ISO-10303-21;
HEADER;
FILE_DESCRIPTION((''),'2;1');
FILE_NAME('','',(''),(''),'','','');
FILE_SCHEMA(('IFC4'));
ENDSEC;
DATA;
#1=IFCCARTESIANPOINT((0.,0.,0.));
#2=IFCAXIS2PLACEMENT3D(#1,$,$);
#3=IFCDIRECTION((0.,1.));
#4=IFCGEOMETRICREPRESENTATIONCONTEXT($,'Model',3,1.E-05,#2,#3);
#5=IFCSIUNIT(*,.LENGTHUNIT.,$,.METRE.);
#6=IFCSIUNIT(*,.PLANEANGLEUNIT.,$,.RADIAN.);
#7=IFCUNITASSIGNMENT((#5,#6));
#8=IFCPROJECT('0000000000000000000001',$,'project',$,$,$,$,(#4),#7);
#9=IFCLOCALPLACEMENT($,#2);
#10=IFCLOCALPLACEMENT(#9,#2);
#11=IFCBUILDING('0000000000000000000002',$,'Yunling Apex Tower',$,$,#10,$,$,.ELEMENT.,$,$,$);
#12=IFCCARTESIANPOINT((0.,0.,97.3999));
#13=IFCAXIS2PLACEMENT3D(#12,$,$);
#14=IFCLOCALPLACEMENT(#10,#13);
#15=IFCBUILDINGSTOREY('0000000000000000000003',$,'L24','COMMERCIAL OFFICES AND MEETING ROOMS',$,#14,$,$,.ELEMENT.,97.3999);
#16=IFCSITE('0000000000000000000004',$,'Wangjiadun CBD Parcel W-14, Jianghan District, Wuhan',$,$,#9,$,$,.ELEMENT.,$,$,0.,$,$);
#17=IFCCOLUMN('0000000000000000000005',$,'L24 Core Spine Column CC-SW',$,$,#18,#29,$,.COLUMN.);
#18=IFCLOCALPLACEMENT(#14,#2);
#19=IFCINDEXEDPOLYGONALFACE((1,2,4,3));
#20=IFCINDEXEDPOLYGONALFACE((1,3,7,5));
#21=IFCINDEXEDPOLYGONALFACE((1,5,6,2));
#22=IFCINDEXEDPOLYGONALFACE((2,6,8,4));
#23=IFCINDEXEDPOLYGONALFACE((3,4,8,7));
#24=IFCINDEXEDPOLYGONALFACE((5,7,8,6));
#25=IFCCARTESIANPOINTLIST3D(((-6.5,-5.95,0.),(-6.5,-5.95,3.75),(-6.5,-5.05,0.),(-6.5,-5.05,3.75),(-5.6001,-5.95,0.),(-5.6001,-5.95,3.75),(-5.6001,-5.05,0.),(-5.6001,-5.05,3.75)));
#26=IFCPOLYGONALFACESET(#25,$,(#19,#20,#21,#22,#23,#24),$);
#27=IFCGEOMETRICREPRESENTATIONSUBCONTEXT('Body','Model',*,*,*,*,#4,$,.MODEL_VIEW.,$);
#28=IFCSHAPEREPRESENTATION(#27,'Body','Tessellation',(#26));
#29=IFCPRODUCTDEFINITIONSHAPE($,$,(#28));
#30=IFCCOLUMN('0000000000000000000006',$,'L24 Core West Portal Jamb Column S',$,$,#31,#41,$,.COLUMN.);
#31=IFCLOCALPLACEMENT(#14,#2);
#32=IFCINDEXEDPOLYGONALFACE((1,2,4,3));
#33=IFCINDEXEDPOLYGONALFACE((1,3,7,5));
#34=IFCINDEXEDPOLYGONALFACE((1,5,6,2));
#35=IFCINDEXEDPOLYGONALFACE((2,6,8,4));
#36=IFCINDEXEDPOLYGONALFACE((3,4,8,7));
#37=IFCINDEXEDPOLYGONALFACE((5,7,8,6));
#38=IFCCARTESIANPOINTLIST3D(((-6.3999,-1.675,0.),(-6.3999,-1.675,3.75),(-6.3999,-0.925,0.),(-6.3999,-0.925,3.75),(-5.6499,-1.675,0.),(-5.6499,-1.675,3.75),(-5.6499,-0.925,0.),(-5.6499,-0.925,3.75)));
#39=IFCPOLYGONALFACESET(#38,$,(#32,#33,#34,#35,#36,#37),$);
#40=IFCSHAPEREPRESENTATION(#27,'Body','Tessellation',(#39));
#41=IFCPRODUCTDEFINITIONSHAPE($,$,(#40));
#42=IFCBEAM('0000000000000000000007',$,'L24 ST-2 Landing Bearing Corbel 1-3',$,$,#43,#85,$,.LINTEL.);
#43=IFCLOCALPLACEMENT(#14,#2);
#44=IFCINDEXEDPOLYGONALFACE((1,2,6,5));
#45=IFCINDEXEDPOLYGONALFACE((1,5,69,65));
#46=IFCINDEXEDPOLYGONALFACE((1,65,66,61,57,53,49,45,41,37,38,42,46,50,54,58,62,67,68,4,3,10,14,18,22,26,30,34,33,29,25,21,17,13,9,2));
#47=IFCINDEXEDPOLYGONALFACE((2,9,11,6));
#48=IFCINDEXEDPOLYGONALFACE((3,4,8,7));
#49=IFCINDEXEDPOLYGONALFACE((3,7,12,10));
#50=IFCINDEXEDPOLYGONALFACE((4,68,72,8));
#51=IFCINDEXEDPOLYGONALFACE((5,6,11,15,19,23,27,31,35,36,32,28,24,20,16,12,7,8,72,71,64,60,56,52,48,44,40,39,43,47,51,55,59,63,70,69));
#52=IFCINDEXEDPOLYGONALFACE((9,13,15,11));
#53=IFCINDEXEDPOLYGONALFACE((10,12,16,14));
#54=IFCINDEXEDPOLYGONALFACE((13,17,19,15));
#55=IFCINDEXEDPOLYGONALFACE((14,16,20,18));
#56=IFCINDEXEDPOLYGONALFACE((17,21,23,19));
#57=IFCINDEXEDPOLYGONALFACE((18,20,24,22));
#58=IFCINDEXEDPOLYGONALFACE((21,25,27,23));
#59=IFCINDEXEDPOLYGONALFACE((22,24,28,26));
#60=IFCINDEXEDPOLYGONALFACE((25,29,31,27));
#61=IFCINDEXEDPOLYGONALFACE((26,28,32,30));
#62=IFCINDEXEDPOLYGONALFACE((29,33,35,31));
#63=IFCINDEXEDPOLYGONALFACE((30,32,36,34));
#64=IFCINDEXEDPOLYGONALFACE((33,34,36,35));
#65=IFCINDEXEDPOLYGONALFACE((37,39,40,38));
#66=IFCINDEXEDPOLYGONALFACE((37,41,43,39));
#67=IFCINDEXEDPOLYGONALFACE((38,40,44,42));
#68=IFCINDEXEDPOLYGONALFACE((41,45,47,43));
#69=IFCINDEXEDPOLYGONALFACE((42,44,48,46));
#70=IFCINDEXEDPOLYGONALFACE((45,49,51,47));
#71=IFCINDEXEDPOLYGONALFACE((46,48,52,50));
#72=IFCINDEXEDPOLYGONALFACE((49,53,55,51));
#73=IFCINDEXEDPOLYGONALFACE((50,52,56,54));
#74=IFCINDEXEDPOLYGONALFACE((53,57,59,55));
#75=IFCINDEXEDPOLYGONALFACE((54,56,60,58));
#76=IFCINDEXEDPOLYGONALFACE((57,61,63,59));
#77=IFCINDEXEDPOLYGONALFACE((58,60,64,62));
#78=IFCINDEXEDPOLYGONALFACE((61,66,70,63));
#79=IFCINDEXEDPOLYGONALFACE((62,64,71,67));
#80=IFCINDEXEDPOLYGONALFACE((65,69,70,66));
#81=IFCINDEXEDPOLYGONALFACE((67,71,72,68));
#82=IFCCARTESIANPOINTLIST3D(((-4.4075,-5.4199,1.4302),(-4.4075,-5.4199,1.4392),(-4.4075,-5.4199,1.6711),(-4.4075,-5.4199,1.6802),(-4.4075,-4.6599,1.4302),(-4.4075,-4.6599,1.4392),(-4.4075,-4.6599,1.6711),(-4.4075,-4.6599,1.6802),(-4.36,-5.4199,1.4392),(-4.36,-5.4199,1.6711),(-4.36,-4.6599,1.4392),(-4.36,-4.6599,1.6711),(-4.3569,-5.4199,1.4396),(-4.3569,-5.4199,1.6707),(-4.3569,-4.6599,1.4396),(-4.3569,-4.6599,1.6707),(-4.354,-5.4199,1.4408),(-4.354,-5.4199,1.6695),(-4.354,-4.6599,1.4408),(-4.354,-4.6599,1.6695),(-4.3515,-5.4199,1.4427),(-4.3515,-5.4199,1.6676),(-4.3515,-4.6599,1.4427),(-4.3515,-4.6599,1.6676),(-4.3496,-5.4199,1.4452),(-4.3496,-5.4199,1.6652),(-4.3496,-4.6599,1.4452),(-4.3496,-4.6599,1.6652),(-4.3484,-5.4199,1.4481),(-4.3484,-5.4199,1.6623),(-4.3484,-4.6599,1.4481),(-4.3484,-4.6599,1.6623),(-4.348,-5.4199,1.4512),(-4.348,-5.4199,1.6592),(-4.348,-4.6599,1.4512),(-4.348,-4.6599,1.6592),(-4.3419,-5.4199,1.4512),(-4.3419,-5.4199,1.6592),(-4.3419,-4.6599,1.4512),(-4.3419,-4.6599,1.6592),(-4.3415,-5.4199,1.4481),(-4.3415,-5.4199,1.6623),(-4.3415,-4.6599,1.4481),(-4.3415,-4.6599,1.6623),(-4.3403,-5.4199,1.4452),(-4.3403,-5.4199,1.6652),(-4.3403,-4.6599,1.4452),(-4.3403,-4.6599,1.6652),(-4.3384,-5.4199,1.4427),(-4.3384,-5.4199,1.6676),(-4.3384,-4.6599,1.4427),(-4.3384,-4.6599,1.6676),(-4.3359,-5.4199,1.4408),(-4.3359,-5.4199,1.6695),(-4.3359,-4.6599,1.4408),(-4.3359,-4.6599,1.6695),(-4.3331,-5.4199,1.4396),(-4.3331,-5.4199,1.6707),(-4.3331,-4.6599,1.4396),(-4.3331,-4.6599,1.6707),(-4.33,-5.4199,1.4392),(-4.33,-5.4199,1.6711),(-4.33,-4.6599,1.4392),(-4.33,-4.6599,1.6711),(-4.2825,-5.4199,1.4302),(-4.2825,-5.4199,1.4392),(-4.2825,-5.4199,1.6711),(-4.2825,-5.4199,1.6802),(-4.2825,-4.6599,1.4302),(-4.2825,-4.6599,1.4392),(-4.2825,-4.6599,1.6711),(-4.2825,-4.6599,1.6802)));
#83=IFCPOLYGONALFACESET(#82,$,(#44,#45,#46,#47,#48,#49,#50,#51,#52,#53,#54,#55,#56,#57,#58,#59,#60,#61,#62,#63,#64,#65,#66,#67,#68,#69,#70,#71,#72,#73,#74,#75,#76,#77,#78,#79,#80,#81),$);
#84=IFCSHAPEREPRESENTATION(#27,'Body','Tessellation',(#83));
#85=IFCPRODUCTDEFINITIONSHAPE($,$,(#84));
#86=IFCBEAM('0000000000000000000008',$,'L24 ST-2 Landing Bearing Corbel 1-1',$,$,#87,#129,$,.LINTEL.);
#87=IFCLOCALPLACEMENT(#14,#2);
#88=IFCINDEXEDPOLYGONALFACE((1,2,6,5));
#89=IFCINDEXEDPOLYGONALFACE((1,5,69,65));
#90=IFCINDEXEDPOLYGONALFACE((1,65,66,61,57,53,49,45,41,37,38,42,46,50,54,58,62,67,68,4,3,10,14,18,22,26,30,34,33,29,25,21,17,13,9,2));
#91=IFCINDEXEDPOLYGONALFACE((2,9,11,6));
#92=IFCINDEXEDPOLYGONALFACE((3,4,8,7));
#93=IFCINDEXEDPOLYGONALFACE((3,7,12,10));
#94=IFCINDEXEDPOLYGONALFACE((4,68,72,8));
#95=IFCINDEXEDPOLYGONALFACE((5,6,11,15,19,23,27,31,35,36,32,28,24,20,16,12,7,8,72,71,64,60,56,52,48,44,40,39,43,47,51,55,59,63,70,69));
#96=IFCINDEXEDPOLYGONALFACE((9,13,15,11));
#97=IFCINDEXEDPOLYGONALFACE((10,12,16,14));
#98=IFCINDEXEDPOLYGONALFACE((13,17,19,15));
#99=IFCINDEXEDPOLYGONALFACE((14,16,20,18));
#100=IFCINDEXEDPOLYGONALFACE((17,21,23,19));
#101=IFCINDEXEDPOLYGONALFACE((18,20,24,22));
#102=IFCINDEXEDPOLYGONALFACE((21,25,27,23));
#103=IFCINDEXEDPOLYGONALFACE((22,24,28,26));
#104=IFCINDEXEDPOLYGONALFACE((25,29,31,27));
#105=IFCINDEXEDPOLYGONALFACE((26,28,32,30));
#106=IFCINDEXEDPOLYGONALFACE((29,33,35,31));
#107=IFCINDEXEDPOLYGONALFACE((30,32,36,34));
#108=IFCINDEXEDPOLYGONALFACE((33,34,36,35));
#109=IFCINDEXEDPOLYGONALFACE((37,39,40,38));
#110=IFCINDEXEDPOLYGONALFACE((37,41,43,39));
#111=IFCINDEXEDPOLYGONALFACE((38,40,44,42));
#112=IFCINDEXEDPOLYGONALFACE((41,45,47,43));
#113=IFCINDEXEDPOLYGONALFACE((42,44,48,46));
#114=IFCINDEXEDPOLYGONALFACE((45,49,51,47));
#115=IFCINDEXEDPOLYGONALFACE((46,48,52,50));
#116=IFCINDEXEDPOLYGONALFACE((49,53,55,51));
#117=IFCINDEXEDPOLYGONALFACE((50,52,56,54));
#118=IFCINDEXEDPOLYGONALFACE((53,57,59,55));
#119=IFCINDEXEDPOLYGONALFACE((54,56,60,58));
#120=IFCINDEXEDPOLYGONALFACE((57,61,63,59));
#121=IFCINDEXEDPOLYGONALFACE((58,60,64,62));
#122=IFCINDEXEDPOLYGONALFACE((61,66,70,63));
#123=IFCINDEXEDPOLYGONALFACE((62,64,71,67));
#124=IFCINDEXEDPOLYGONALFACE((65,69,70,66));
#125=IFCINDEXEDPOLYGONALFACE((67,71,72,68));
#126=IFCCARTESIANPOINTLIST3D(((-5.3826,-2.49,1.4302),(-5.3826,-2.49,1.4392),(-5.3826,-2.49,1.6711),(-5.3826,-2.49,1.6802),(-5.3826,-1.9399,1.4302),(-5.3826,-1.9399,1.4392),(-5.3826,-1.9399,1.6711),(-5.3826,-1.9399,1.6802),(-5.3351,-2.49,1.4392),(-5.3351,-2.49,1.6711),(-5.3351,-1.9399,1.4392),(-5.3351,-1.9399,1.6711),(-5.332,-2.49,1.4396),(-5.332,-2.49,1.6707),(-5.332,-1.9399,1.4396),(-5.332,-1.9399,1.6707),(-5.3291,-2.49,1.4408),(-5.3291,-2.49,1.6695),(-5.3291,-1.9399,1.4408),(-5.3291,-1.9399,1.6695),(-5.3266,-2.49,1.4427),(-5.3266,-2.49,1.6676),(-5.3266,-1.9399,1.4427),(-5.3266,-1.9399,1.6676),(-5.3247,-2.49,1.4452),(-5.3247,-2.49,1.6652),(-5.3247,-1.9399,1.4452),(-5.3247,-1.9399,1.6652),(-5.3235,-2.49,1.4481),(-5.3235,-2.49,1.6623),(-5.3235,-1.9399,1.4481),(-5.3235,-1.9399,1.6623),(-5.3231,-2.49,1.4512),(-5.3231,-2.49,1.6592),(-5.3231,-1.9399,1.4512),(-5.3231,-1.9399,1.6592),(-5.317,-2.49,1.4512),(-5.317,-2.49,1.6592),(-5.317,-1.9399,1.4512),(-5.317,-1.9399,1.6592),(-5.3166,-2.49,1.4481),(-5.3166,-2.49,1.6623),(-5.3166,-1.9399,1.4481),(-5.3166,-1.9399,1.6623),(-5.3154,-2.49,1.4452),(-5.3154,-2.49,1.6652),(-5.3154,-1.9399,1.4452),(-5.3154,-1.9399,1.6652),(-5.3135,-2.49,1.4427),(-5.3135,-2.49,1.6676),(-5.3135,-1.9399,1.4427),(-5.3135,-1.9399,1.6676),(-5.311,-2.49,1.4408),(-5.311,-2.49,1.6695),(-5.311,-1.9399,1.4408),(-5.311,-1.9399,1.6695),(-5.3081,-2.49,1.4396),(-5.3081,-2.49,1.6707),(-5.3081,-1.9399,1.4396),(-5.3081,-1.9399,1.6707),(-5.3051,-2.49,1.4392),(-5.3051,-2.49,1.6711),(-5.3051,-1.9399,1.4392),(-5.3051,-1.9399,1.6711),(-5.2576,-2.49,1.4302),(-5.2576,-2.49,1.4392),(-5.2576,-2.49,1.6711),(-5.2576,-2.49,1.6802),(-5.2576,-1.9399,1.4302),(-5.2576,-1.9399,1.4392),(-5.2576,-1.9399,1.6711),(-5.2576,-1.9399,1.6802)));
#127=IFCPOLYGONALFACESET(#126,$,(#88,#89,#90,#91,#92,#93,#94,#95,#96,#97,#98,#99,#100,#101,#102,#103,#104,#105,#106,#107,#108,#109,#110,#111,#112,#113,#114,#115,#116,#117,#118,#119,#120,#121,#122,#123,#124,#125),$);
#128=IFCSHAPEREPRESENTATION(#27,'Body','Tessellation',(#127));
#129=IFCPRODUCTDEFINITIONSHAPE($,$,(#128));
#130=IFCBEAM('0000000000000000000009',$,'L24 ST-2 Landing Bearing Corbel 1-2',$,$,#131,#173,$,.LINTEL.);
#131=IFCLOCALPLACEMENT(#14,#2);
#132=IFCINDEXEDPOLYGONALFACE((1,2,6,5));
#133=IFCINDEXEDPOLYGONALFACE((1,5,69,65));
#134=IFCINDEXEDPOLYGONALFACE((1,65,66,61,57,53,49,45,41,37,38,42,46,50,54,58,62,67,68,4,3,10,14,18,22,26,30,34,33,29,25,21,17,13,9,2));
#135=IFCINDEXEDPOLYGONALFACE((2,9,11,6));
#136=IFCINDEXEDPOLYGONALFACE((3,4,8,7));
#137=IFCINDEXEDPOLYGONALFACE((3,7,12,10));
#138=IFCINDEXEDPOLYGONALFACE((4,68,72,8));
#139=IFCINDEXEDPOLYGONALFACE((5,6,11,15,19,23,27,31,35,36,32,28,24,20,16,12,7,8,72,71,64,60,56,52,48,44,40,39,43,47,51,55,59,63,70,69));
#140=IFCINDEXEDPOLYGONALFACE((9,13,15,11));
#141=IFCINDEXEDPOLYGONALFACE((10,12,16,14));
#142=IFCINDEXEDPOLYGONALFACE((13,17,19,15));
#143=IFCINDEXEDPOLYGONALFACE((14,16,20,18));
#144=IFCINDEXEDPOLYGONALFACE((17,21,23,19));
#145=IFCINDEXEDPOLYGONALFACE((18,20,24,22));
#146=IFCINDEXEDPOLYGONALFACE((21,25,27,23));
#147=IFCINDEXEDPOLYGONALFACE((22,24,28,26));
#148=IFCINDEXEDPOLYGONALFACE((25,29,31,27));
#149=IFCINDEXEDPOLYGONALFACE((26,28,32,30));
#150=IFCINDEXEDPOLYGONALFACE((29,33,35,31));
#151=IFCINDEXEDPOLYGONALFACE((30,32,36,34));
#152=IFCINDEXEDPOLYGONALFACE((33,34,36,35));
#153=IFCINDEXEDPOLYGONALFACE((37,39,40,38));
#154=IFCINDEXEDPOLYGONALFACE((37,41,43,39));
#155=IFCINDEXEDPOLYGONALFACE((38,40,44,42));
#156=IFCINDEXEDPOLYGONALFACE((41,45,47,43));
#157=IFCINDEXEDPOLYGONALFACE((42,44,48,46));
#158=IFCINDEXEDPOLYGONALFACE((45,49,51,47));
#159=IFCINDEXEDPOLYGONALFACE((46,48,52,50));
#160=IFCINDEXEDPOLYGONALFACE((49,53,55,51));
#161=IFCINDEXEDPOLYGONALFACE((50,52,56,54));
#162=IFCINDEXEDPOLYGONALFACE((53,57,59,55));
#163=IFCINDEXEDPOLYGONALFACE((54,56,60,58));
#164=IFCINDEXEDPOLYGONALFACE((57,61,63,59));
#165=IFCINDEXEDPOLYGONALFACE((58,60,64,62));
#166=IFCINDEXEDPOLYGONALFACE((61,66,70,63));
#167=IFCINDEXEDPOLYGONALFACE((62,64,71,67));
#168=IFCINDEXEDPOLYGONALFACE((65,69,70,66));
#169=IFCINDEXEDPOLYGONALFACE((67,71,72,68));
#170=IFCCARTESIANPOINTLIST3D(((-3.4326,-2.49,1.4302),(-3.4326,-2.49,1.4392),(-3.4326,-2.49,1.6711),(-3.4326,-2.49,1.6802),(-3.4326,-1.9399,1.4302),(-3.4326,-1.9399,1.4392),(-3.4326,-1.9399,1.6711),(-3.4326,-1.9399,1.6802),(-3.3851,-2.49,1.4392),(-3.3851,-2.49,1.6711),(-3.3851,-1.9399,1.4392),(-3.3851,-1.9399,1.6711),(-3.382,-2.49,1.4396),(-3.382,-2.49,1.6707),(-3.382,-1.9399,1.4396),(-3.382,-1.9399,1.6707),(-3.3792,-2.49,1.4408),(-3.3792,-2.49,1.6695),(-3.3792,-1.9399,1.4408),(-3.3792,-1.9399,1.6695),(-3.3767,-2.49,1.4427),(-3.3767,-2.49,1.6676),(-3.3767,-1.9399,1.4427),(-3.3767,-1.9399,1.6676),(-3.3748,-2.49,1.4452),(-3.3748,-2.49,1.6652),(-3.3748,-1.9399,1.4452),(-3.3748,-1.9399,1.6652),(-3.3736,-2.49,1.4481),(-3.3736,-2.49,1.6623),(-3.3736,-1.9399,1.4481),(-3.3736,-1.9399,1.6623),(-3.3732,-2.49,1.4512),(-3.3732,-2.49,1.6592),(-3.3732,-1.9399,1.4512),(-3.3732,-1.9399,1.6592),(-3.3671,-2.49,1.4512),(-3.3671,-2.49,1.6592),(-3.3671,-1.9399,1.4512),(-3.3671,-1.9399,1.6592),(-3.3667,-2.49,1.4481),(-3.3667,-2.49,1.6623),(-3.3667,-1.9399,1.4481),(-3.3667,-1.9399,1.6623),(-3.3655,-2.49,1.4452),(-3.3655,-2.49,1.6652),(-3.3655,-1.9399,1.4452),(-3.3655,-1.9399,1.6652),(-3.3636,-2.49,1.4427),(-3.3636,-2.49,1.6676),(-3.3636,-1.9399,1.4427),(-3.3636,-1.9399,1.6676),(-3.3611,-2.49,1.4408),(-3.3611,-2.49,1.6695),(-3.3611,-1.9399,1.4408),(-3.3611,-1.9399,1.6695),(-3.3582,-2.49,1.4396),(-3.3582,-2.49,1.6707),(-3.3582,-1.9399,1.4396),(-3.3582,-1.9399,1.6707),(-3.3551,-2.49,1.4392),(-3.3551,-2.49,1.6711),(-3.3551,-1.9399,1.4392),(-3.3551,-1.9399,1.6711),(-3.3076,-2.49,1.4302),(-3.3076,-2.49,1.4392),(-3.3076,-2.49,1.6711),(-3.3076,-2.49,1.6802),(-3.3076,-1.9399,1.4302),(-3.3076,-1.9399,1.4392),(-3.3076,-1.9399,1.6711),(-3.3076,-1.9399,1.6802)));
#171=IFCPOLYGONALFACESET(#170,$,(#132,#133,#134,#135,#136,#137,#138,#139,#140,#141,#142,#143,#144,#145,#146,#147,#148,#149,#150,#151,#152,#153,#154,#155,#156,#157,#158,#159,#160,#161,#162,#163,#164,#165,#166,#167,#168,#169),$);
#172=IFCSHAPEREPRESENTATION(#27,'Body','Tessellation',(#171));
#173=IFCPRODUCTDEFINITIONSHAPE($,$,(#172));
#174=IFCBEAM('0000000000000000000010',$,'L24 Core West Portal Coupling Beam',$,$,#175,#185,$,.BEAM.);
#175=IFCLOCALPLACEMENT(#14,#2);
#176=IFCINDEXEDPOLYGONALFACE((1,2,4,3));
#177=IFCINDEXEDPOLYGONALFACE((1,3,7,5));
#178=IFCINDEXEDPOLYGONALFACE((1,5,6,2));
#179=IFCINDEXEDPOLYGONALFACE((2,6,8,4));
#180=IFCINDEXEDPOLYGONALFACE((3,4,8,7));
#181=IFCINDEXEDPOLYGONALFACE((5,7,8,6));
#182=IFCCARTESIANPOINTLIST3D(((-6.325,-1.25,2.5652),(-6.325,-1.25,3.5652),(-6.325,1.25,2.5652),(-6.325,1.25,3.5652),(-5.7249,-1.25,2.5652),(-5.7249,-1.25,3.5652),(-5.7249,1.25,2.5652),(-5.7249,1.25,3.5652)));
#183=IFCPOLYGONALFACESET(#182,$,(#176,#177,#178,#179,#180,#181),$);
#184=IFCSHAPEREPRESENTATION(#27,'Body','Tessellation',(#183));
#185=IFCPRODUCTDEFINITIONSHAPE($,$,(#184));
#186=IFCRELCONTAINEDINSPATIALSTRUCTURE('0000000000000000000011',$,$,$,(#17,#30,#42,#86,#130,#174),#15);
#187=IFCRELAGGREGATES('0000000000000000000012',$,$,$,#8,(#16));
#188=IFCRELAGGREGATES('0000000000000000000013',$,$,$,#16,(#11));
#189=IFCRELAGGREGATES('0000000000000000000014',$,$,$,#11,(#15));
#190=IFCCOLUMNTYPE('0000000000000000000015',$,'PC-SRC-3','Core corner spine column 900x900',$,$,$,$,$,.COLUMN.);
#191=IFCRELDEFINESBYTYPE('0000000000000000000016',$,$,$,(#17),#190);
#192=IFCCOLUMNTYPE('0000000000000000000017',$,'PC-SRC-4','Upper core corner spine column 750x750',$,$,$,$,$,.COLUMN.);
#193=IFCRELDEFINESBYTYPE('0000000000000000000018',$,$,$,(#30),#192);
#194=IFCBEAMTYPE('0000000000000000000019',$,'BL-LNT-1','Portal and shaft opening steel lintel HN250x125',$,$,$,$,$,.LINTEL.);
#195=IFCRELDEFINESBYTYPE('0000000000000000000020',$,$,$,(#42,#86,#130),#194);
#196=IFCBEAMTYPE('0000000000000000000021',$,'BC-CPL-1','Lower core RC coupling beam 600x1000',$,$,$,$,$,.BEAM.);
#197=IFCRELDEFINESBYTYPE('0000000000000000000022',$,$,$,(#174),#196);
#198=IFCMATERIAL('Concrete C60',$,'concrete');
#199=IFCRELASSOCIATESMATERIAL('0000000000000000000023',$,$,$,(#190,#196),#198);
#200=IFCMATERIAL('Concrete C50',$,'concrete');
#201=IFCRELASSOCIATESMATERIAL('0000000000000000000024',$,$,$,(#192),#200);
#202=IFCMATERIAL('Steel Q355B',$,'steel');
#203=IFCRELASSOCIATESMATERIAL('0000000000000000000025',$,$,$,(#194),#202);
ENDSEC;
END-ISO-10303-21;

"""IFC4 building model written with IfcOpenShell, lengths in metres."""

from ifc_helpers import new_model, si_unit, direction, frame, origin, origin_2d, place, context, subcontext, project, spatial, rectangle, i_section, extrude, source, transform, mapped, material, material_profile, profile_set, type_object, element, save


model = new_model("IFC4")

# Units and contexts
model_context = context("Model", 3, precision=1e-05, world=origin(), true_north=direction((0.0, 1.0)))
body_context = subcontext(model_context, "Body", "Model", "MODEL_VIEW")
ifc_project = project(units=[si_unit("LENGTHUNIT", "METRE"), si_unit("PLANEANGLEUNIT", "RADIAN")], contexts=[model_context])

# Site, building, storey
site_placement = place(None, origin())
site = spatial("IfcSite", under=ifc_project, at=site_placement, Name="Wangjiadun CBD Parcel W-14, Jianghan District, Wuhan", CompositionType="ELEMENT", RefElevation=0.0)
building_placement = place(site_placement, origin())
building = spatial("IfcBuilding", under=site, at=building_placement, Name="Yunling Apex Tower", CompositionType="ELEMENT")
storey_placement = place(building_placement, frame((0.0, 0.0, 97.3999)))
storey = spatial("IfcBuildingStorey", under=building, at=storey_placement, Name="L24", Description="COMMERCIAL OFFICES AND MEETING ROOMS", CompositionType="ELEMENT", Elevation=97.3999)

# Columns
ifc_material_1 = material(Name="Concrete C60", Category="concrete")
ifc_material_profile_1 = material_profile(ifc_material_1, rectangle(XDim=0.8999, YDim=0.8999, at=origin_2d()))
ifc_profile_set_1 = profile_set([ifc_material_profile_1], Name="Concrete C60")
column_type_1 = type_object("IfcColumnType", Name="PC-SRC-3", Description="Core corner spine column 900x900", PredefinedType="COLUMN", material=ifc_profile_set_1)
shared_shape_1 = source(origin(), body_context, "Body", "SweptSolid", [
    extrude(rectangle(XDim=0.8999, YDim=0.8999, at=origin_2d()), origin(), (0.0, 0.0, 1.0), 3.75),
])
column_1_placement = place(storey_placement, frame((-6.05, -5.5, 0.0), z_axis=(0.0, 0.0, 1.0), x_axis=(1.0, 0.0, 0.0)))
element("IfcColumn", 1, at=column_1_placement, inside=storey, type_object=column_type_1, Name="L24 Core Spine Column CC-SW", PredefinedType="COLUMN", context=body_context, shape_type="MappedRepresentation", body=[
    mapped(shared_shape_1, transform((0.0, 0.0, 0.0), scale=1.0)),
])
ifc_material_2 = material(Name="Concrete C50", Category="concrete")
ifc_material_profile_2 = material_profile(ifc_material_2, rectangle(XDim=0.75, YDim=0.75, at=origin_2d()))
ifc_profile_set_2 = profile_set([ifc_material_profile_2], Name="Concrete C50")
column_type_2 = type_object("IfcColumnType", Name="PC-SRC-4", Description="Upper core corner spine column 750x750", PredefinedType="COLUMN", material=ifc_profile_set_2)
shared_shape_2 = source(origin(), body_context, "Body", "SweptSolid", [
    extrude(rectangle(XDim=0.75, YDim=0.75, at=origin_2d()), origin(), (0.0, 0.0, 1.0), 3.75),
])
column_2_placement = place(storey_placement, frame((-6.0249, -1.3, 0.0), z_axis=(0.0, 0.0, 1.0), x_axis=(1.0, 0.0, 0.0)))
element("IfcColumn", 2, at=column_2_placement, inside=storey, type_object=column_type_2, Name="L24 Core West Portal Jamb Column S", PredefinedType="COLUMN", context=body_context, shape_type="MappedRepresentation", body=[
    mapped(shared_shape_2, transform((0.0, 0.0, 0.0), scale=1.0)),
])

# Beams
ifc_material_3 = material(Name="Steel Q355B", Category="steel")
ifc_material_profile_3 = material_profile(ifc_material_3, i_section(OverallWidth=0.125, OverallDepth=0.25, WebThickness=0.0061, FlangeThickness=0.009, FilletRadius=0.012, at=origin_2d()))
ifc_profile_set_3 = profile_set([ifc_material_profile_3], Name="Steel Q355B")
beam_type_1 = type_object("IfcBeamType", Name="BL-LNT-1", Description="Portal and shaft opening steel lintel HN250x125", PredefinedType="LINTEL", material=ifc_profile_set_3)
shared_shape_3 = source(origin(), body_context, "Body", "SweptSolid", [
    extrude(i_section(OverallWidth=0.125, OverallDepth=0.25, WebThickness=0.0061, FlangeThickness=0.009, FilletRadius=0.012, at=origin_2d()), origin(), (0.0, 0.0, 1.0), 0.76),
])
beam_1_placement = place(storey_placement, frame((-4.345, -5.4199, 1.5552), z_axis=(0.0, 1.0, 0.0), x_axis=(-1.0, 0.0, 0.0)))
element("IfcBeam", 3, at=beam_1_placement, inside=storey, type_object=beam_type_1, Name="L24 ST-2 Landing Bearing Corbel 1-3", PredefinedType="LINTEL", context=body_context, shape_type="MappedRepresentation", body=[
    mapped(shared_shape_3, transform((0.0, 0.0, 0.0), scale=1.0)),
])
shared_shape_4 = source(origin(), body_context, "Body", "SweptSolid", [
    extrude(i_section(OverallWidth=0.125, OverallDepth=0.25, WebThickness=0.0061, FlangeThickness=0.009, FilletRadius=0.012, at=origin_2d()), origin(), (0.0, 0.0, 1.0), 0.55),
])
for number, where, z_axis, x_axis, name in (
    (4, (-5.3201, -1.9399, 1.5552), (0.0, -1.0, 0.0), (1.0, 0.0, 0.0), "L24 ST-2 Landing Bearing Corbel 1-1"),
    (5, (-3.3701, -1.9399, 1.5552), (0.0, -1.0, 0.0), (1.0, 0.0, 0.0), "L24 ST-2 Landing Bearing Corbel 1-2"),
):
    element("IfcBeam", number, at=place(storey_placement, frame(where, z_axis=z_axis, x_axis=x_axis)), inside=storey, type_object=beam_type_1, Name=name, PredefinedType="LINTEL", context=body_context, shape_type="MappedRepresentation", body=[
        mapped(shared_shape_4, transform((0.0, 0.0, 0.0), scale=1.0)),
    ])
ifc_material_profile_4 = material_profile(ifc_material_1, rectangle(XDim=0.6001, YDim=1.0, at=origin_2d()))
ifc_profile_set_4 = profile_set([ifc_material_profile_4], Name="Concrete C60")
beam_type_2 = type_object("IfcBeamType", Name="BC-CPL-1", Description="Lower core RC coupling beam 600x1000", PredefinedType="BEAM", material=ifc_profile_set_4)
shared_shape_5 = source(origin(), body_context, "Body", "SweptSolid", [
    extrude(rectangle(XDim=0.6001, YDim=1.0, at=origin_2d()), origin(), (0.0, 0.0, 1.0), 2.5),
])
beam_2_placement = place(storey_placement, frame((-6.0249, -1.25, 3.0652), z_axis=(0.0, 1.0, 0.0), x_axis=(-1.0, 0.0, 0.0)))
element("IfcBeam", 6, at=beam_2_placement, inside=storey, type_object=beam_type_2, Name="L24 Core West Portal Coupling Beam", PredefinedType="BEAM", context=body_context, shape_type="MappedRepresentation", body=[
    mapped(shared_shape_5, transform((0.0, 0.0, 0.0), scale=1.0)),
])

save(model, "model.ifc")
